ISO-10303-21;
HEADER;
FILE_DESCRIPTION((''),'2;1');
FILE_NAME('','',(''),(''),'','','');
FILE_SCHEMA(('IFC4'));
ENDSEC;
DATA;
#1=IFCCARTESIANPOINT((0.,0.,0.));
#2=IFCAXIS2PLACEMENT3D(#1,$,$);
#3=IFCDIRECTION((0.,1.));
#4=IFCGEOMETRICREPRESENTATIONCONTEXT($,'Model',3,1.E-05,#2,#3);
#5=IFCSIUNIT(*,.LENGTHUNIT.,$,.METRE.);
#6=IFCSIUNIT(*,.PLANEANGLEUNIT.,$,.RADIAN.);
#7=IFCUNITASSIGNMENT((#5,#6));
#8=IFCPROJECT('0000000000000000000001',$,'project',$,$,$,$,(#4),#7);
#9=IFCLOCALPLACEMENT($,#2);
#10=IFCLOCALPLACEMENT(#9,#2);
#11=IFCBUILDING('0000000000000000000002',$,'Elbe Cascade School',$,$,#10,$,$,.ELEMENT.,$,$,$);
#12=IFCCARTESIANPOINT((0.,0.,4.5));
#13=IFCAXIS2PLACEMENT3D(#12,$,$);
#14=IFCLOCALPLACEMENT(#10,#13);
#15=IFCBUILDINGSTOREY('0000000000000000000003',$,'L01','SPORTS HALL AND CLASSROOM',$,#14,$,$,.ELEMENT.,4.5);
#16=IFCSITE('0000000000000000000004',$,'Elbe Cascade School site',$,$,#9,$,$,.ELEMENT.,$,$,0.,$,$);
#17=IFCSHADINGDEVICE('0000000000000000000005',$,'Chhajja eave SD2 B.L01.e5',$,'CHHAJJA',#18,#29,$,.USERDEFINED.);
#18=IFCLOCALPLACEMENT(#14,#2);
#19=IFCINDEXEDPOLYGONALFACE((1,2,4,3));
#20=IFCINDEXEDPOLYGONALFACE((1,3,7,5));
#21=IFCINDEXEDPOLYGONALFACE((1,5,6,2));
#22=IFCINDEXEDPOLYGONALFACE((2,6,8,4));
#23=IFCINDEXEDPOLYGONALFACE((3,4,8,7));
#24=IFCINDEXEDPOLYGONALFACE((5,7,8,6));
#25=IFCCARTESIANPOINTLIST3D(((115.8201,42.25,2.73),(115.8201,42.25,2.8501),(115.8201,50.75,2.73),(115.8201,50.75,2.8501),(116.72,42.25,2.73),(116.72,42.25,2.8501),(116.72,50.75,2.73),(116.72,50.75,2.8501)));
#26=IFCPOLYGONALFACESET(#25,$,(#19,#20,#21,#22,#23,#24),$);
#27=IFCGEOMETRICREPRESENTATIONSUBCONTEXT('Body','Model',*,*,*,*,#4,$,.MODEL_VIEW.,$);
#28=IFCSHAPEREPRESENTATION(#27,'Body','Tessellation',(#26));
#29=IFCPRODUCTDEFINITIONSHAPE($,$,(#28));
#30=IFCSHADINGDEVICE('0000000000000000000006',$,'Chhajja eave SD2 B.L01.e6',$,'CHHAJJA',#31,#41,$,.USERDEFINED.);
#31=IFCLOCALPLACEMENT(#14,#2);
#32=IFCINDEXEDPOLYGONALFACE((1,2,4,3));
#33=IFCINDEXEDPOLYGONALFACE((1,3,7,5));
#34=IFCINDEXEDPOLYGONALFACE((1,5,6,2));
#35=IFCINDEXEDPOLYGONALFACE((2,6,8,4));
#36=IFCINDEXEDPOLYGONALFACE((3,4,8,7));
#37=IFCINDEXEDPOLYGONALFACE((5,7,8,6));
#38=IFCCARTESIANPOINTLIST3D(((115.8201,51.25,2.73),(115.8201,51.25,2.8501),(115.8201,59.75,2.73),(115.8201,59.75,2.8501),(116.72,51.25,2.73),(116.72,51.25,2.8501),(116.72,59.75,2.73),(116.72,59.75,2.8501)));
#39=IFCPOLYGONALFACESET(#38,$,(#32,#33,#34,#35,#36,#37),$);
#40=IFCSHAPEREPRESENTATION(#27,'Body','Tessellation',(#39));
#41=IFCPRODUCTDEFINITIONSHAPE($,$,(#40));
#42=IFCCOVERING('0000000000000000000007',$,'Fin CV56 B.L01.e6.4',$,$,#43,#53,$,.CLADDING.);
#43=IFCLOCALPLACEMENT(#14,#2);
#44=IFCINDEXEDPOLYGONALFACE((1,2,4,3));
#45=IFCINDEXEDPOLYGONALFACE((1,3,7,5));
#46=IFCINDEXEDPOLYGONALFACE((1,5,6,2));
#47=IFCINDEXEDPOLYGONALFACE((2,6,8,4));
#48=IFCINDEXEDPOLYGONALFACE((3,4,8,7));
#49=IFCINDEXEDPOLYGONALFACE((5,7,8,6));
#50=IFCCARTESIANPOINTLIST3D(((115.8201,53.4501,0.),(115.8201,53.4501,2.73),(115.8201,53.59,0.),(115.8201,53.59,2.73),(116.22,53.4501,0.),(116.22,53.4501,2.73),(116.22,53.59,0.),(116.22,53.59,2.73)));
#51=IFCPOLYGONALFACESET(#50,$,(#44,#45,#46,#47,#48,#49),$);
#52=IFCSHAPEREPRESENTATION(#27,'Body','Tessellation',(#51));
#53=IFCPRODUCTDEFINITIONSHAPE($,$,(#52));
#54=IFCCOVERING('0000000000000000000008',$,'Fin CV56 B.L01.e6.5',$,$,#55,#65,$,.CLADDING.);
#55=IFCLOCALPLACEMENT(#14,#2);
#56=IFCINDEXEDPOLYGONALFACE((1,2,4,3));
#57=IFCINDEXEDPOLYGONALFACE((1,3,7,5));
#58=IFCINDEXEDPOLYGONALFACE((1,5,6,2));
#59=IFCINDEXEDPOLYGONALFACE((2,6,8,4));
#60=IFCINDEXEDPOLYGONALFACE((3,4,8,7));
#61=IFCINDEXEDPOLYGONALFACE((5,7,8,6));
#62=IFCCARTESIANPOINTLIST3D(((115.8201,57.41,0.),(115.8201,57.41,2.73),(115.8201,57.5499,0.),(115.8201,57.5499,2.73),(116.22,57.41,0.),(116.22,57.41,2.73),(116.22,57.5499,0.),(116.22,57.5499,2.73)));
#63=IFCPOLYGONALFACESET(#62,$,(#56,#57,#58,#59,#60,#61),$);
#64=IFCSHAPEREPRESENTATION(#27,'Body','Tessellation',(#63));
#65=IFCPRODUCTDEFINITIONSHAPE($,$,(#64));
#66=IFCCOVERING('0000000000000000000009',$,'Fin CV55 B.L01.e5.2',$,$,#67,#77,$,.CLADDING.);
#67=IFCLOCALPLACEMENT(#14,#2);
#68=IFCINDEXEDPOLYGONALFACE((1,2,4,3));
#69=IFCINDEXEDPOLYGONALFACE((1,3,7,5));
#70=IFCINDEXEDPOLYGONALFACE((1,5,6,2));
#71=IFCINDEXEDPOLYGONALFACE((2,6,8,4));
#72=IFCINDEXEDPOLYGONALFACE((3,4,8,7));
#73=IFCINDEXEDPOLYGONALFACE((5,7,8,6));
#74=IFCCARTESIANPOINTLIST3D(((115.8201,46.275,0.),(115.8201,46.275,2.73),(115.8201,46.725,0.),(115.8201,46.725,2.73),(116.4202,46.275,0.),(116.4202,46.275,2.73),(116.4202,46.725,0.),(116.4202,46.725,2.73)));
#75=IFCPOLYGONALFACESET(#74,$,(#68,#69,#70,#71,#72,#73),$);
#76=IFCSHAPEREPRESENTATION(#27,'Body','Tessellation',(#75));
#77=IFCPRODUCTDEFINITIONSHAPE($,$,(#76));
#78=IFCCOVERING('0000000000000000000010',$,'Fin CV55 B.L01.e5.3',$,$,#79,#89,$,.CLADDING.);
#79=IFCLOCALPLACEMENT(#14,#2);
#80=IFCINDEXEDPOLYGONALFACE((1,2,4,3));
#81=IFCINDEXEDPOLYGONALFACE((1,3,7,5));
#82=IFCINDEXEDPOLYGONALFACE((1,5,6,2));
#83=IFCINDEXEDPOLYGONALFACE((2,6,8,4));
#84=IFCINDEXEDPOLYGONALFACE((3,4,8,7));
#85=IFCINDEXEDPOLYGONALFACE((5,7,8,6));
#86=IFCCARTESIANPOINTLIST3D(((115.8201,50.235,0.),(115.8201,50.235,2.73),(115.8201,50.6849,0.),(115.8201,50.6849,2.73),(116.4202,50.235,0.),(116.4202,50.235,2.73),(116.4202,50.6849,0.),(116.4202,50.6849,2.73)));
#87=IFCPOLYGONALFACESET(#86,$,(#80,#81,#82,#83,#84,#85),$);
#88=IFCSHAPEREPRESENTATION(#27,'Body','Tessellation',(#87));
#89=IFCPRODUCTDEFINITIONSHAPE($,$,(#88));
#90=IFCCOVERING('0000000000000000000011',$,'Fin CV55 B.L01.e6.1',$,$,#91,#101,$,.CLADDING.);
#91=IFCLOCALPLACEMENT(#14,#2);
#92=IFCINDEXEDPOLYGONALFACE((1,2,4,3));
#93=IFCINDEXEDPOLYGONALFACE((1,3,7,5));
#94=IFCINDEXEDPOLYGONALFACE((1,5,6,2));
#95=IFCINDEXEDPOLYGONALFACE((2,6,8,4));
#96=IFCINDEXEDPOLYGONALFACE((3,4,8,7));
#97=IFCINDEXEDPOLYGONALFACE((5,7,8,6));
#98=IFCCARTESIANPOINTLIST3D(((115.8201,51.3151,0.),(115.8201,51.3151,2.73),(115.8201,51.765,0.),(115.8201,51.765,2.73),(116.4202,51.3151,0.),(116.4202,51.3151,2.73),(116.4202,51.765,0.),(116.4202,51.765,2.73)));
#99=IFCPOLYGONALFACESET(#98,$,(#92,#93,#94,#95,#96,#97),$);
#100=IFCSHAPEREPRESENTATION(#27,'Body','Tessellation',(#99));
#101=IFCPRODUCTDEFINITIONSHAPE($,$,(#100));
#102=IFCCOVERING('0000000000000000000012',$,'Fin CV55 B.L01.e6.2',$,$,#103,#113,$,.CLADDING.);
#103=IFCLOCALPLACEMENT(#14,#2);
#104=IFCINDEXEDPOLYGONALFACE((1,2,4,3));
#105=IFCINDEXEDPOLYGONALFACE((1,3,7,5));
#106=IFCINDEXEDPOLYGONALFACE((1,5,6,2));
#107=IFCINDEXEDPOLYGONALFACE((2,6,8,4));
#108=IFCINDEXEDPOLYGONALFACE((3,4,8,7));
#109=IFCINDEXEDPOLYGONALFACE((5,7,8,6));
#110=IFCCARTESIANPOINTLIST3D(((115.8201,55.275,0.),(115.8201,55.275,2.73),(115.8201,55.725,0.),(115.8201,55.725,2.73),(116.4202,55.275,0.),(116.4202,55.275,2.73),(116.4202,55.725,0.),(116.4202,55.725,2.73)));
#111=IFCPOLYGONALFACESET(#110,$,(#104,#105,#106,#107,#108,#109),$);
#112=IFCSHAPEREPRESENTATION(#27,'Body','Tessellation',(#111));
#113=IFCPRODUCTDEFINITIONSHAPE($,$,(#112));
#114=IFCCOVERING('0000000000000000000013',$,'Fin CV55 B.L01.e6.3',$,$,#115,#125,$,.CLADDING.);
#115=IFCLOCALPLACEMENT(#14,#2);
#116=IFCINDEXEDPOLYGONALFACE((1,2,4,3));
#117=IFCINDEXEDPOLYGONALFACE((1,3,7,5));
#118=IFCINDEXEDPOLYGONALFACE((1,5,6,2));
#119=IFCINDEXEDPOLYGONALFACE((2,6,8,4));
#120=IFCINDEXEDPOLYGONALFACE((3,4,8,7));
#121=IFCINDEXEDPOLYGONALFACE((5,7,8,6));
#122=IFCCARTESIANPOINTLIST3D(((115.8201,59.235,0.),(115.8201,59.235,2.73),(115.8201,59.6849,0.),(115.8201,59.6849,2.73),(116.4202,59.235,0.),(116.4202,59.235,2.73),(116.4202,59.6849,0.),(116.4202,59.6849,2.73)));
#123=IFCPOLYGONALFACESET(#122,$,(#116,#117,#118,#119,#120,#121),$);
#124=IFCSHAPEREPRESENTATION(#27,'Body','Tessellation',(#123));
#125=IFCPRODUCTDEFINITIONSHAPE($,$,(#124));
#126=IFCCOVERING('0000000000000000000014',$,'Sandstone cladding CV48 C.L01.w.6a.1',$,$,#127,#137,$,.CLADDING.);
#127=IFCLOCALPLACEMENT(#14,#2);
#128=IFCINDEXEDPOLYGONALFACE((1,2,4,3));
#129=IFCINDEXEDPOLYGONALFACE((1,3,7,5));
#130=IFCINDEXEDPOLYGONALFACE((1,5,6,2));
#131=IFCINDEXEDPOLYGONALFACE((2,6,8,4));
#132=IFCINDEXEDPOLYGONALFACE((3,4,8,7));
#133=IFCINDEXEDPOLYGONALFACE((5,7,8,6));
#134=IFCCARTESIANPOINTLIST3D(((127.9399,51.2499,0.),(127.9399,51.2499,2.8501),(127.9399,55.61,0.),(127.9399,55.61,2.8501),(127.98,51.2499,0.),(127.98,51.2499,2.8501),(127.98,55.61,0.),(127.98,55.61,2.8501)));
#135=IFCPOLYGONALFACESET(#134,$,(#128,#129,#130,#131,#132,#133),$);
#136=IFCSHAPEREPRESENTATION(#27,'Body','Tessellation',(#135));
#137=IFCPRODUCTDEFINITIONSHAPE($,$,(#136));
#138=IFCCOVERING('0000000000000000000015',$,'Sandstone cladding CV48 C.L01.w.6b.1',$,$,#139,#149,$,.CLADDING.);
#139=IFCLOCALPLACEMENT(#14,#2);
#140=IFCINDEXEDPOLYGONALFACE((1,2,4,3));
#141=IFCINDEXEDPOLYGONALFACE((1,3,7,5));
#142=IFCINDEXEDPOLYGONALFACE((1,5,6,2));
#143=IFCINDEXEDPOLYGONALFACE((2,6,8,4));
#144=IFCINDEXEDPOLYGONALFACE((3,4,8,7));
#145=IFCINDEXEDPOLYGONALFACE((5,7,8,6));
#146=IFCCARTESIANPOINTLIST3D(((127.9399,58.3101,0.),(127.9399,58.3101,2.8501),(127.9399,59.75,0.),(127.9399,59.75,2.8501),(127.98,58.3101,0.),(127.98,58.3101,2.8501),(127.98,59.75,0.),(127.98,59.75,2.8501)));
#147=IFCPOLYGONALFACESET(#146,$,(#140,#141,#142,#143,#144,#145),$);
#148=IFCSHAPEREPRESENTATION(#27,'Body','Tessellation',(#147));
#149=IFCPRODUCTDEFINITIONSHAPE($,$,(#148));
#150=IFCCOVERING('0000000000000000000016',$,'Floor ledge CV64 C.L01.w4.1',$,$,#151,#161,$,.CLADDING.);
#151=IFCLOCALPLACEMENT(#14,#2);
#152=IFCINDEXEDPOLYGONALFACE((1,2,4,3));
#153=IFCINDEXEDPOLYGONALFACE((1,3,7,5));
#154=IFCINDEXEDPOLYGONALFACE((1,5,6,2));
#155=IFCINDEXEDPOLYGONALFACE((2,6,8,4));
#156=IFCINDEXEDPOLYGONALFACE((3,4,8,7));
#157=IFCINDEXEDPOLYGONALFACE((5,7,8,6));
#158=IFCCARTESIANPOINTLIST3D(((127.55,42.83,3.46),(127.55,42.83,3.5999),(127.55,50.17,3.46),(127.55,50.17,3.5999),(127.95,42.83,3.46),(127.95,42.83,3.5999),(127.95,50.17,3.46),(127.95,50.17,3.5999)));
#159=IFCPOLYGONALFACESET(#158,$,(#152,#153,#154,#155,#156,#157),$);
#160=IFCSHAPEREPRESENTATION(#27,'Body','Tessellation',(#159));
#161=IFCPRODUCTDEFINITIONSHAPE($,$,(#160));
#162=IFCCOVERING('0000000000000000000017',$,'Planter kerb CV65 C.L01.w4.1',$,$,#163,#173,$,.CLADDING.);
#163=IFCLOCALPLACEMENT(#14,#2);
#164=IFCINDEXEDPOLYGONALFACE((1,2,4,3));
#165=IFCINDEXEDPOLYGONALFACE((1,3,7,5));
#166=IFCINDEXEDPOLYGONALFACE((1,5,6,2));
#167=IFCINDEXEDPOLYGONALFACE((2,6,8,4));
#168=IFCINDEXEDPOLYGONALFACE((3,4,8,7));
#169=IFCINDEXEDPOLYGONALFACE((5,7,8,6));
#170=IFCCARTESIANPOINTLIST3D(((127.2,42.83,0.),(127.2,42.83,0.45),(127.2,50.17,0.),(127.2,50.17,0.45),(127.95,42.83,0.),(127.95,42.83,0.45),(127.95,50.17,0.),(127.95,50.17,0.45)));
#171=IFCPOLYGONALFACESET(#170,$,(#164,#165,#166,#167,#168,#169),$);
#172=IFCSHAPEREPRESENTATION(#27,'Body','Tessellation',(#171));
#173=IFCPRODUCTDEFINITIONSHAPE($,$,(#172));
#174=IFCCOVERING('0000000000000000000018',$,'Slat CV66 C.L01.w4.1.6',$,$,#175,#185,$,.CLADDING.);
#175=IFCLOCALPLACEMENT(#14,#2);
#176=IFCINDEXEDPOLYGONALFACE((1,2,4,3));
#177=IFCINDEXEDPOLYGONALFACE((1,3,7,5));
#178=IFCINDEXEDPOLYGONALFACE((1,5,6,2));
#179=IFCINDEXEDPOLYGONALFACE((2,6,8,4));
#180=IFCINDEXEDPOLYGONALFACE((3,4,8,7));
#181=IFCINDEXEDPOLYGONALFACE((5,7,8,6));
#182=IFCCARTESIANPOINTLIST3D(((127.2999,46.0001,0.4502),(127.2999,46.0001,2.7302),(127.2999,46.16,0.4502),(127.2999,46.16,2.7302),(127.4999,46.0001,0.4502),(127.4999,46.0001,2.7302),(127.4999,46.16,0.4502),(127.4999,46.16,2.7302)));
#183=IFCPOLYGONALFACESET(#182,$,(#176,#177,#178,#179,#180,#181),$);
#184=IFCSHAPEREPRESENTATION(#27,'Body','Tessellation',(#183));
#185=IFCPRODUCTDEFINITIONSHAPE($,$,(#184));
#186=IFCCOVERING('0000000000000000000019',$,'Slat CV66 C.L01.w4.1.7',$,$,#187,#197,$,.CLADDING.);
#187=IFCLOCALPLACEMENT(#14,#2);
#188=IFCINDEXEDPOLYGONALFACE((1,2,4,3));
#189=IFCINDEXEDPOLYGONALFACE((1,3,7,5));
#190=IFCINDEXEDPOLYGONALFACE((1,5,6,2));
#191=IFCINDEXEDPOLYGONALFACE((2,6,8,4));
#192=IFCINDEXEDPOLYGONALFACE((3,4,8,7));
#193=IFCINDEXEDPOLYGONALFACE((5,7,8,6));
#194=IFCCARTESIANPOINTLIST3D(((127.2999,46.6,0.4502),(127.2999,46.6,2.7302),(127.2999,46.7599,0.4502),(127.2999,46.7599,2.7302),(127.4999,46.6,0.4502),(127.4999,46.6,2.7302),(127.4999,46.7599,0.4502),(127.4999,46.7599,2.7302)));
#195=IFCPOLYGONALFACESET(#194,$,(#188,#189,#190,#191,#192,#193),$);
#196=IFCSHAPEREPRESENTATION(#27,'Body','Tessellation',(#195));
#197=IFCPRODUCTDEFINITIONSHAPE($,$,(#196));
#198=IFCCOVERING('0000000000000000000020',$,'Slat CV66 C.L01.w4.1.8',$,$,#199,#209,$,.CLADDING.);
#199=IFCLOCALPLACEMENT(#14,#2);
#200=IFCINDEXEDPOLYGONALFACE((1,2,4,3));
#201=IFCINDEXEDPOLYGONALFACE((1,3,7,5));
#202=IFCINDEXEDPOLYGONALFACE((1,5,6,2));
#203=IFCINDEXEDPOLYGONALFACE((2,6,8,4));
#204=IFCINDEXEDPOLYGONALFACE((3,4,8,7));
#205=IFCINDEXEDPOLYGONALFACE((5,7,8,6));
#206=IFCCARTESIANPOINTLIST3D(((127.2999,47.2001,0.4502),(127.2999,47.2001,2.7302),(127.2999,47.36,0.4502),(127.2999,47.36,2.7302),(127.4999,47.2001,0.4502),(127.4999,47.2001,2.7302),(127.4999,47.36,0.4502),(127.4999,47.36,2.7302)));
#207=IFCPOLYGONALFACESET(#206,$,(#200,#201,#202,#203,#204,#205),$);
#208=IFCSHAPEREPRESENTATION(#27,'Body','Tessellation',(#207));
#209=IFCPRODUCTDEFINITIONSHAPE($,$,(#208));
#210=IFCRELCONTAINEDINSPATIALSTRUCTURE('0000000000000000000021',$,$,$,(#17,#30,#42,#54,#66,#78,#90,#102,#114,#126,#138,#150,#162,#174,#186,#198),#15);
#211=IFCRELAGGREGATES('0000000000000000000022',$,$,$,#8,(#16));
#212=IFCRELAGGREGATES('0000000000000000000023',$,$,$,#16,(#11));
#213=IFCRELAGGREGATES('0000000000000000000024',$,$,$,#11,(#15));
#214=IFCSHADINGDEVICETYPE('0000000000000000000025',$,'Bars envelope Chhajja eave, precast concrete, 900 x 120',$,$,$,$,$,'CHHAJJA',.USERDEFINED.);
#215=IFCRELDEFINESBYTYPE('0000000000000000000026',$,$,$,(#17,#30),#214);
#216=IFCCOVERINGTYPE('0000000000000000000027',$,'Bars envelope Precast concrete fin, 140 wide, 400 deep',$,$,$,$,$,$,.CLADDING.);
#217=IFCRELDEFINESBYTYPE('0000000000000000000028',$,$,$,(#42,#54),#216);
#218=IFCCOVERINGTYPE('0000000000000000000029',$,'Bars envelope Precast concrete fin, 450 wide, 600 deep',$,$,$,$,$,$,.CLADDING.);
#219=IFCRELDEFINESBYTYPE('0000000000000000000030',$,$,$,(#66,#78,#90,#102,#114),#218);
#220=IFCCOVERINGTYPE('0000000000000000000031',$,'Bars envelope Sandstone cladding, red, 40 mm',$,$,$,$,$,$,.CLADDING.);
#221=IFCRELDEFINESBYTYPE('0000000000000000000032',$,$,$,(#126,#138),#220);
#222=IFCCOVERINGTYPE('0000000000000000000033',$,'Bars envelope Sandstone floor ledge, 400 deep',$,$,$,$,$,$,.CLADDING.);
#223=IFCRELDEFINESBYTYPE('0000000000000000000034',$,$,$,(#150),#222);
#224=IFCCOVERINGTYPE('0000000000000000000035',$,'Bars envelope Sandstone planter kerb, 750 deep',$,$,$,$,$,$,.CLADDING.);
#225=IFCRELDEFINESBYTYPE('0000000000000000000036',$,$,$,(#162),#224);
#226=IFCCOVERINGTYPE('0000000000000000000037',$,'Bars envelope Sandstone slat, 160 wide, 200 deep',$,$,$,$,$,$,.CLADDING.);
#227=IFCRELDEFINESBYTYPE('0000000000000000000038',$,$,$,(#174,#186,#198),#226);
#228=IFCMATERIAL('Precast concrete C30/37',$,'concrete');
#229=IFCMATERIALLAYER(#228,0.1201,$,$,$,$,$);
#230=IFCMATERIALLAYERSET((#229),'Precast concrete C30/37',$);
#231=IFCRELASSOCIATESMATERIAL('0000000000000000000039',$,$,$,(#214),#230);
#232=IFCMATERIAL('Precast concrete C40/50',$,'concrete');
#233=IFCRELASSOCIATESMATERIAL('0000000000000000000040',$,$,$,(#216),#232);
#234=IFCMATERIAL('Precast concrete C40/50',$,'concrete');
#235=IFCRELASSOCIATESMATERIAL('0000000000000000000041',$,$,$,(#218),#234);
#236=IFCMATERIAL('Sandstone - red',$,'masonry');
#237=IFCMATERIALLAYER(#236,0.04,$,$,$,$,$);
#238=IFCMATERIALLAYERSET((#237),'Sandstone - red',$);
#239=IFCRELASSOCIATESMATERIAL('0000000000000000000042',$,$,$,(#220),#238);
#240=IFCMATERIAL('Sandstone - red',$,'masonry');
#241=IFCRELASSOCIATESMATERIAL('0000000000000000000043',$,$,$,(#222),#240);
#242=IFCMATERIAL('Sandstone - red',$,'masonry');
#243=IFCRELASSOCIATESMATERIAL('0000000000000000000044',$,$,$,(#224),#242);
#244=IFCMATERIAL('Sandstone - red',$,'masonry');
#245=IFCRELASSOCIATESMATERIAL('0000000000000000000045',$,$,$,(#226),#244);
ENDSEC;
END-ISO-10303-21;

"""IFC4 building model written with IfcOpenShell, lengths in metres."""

from ifc_helpers import new_model, si_unit, direction, frame, origin, origin_2d, place, context, subcontext, project, spatial, rectangle, extrude, material, layer, layer_set, type_object, element, save


model = new_model("IFC4")

# Units and contexts
model_context = context("Model", 3, precision=1e-05, world=origin(), true_north=direction((0.0, 1.0)))
body_context = subcontext(model_context, "Body", "Model", "MODEL_VIEW")
ifc_project = project(units=[si_unit("LENGTHUNIT", "METRE"), si_unit("PLANEANGLEUNIT", "RADIAN")], contexts=[model_context])

# Site, building, storey
site_placement = place(None, origin())
site = spatial("IfcSite", under=ifc_project, at=site_placement, Name="Elbe Cascade School site", CompositionType="ELEMENT", RefElevation=0.0)
building_placement = place(site_placement, origin())
building = spatial("IfcBuilding", under=site, at=building_placement, Name="Elbe Cascade School", CompositionType="ELEMENT")
storey_placement = place(building_placement, frame((0.0, 0.0, 4.5)))
storey = spatial("IfcBuildingStorey", under=building, at=storey_placement, Name="L01", Description="SPORTS HALL AND CLASSROOM", CompositionType="ELEMENT", Elevation=4.5)

# Shading devices
ifc_material_1 = material(Name="Precast concrete C30/37", Category="concrete")
ifc_layer_1 = layer(ifc_material_1, 0.1201)
ifc_layer_set_1 = layer_set([ifc_layer_1], Name="Precast concrete C30/37")
shading_device_type_1 = type_object("IfcShadingDeviceType", Name="Bars envelope Chhajja eave, precast concrete, 900 x 120", ElementType="CHHAJJA", PredefinedType="USERDEFINED", material=ifc_layer_set_1)
for number, where, z_axis, x_axis, name in (
    (1, (116.27, 46.5, 2.73), (0.0, 0.0, 1.0), (0.0, 1.0, 0.0), "Chhajja eave SD2 B.L01.e5"),
    (2, (116.27, 55.5, 2.73), (0.0, 0.0, 1.0), (0.0, 1.0, 0.0), "Chhajja eave SD2 B.L01.e6"),
):
    element("IfcShadingDevice", number, at=place(storey_placement, frame(where, z_axis=z_axis, x_axis=x_axis)), inside=storey, type_object=shading_device_type_1, Name=name, ObjectType="CHHAJJA", PredefinedType="USERDEFINED", context=body_context, shape_type="SweptSolid", body=[
        extrude(rectangle(XDim=8.5, YDim=0.8999, at=origin_2d()), origin(), (0.0, 0.0, 1.0), 0.1201),
    ])

# Coverings
ifc_material_2 = material(Name="Precast concrete C40/50", Category="concrete")
covering_type_1 = type_object("IfcCoveringType", Name="Bars envelope Precast concrete fin, 140 wide, 400 deep", PredefinedType="CLADDING", material=ifc_material_2)
for number, where, z_axis, x_axis, name in (
    (3, (116.02, 53.52, 0.0), (0.0, 0.0, 1.0), (0.0, 1.0, 0.0), "Fin CV56 B.L01.e6.4"),
    (4, (116.02, 57.48, 0.0), (0.0, 0.0, 1.0), (0.0, 1.0, 0.0), "Fin CV56 B.L01.e6.5"),
):
    element("IfcCovering", number, at=place(storey_placement, frame(where, z_axis=z_axis, x_axis=x_axis)), inside=storey, type_object=covering_type_1, Name=name, PredefinedType="CLADDING", context=body_context, shape_type="SweptSolid", body=[
        extrude(rectangle(XDim=0.1399, YDim=0.3999, at=origin_2d()), origin(), (0.0, 0.0, 1.0), 2.73),
    ])
ifc_material_3 = material(Name="Precast concrete C40/50", Category="concrete")
covering_type_2 = type_object("IfcCoveringType", Name="Bars envelope Precast concrete fin, 450 wide, 600 deep", PredefinedType="CLADDING", material=ifc_material_3)
for number, where, z_axis, x_axis, name in (
    (5, (116.1201, 46.5, 0.0), (0.0, 0.0, 1.0), (0.0, 1.0, 0.0), "Fin CV55 B.L01.e5.2"),
    (6, (116.1201, 50.46, 0.0), (0.0, 0.0, 1.0), (0.0, 1.0, 0.0), "Fin CV55 B.L01.e5.3"),
    (7, (116.1201, 51.54, 0.0), (0.0, 0.0, 1.0), (0.0, 1.0, 0.0), "Fin CV55 B.L01.e6.1"),
    (8, (116.1201, 55.5, 0.0), (0.0, 0.0, 1.0), (0.0, 1.0, 0.0), "Fin CV55 B.L01.e6.2"),
    (9, (116.1201, 59.46, 0.0), (0.0, 0.0, 1.0), (0.0, 1.0, 0.0), "Fin CV55 B.L01.e6.3"),
):
    element("IfcCovering", number, at=place(storey_placement, frame(where, z_axis=z_axis, x_axis=x_axis)), inside=storey, type_object=covering_type_2, Name=name, PredefinedType="CLADDING", context=body_context, shape_type="SweptSolid", body=[
        extrude(rectangle(XDim=0.45, YDim=0.6001, at=origin_2d()), origin(), (0.0, 0.0, 1.0), 2.73),
    ])
ifc_material_4 = material(Name="Sandstone - red", Category="masonry")
ifc_layer_2 = layer(ifc_material_4, 0.04)
ifc_layer_set_2 = layer_set([ifc_layer_2], Name="Sandstone - red")
covering_type_3 = type_object("IfcCoveringType", Name="Bars envelope Sandstone cladding, red, 40 mm", PredefinedType="CLADDING", material=ifc_layer_set_2)
covering_1_placement = place(storey_placement, frame((127.96, 53.4299, 0.0), z_axis=(0.0, 0.0, 1.0), x_axis=(0.0, 1.0, 0.0)))
element("IfcCovering", 10, at=covering_1_placement, inside=storey, type_object=covering_type_3, Name="Sandstone cladding CV48 C.L01.w.6a.1", PredefinedType="CLADDING", context=body_context, shape_type="SweptSolid", body=[
    extrude(rectangle(XDim=4.3601, YDim=0.04, at=origin_2d()), origin(), (0.0, 0.0, 1.0), 2.8501),
])
covering_2_placement = place(storey_placement, frame((127.96, 59.03, 0.0), z_axis=(0.0, 0.0, 1.0), x_axis=(0.0, 1.0, 0.0)))
element("IfcCovering", 11, at=covering_2_placement, inside=storey, type_object=covering_type_3, Name="Sandstone cladding CV48 C.L01.w.6b.1", PredefinedType="CLADDING", context=body_context, shape_type="SweptSolid", body=[
    extrude(rectangle(XDim=1.4399, YDim=0.04, at=origin_2d()), origin(), (0.0, 0.0, 1.0), 2.8501),
])
ifc_material_5 = material(Name="Sandstone - red", Category="masonry")
covering_type_4 = type_object("IfcCoveringType", Name="Bars envelope Sandstone floor ledge, 400 deep", PredefinedType="CLADDING", material=ifc_material_5)
covering_3_placement = place(storey_placement, frame((127.75, 46.5, 3.46), z_axis=(0.0, 0.0, 1.0), x_axis=(0.0, 1.0, 0.0)))
element("IfcCovering", 12, at=covering_3_placement, inside=storey, type_object=covering_type_4, Name="Floor ledge CV64 C.L01.w4.1", PredefinedType="CLADDING", context=body_context, shape_type="SweptSolid", body=[
    extrude(rectangle(XDim=7.3401, YDim=0.3999, at=origin_2d()), origin(), (0.0, 0.0, 1.0), 0.1399),
])
ifc_material_6 = material(Name="Sandstone - red", Category="masonry")
covering_type_5 = type_object("IfcCoveringType", Name="Bars envelope Sandstone planter kerb, 750 deep", PredefinedType="CLADDING", material=ifc_material_6)
covering_4_placement = place(storey_placement, frame((127.575, 46.5, 0.0), z_axis=(0.0, 0.0, 1.0), x_axis=(0.0, 1.0, 0.0)))
element("IfcCovering", 13, at=covering_4_placement, inside=storey, type_object=covering_type_5, Name="Planter kerb CV65 C.L01.w4.1", PredefinedType="CLADDING", context=body_context, shape_type="SweptSolid", body=[
    extrude(rectangle(XDim=7.3401, YDim=0.75, at=origin_2d()), origin(), (0.0, 0.0, 1.0), 0.45),
])
ifc_material_7 = material(Name="Sandstone - red", Category="masonry")
covering_type_6 = type_object("IfcCoveringType", Name="Bars envelope Sandstone slat, 160 wide, 200 deep", PredefinedType="CLADDING", material=ifc_material_7)
for number, where, z_axis, x_axis, name in (
    (14, (127.3999, 46.0801, 0.4502), (0.0, 0.0, 1.0), (0.0, 1.0, 0.0), "Slat CV66 C.L01.w4.1.6"),
    (15, (127.3999, 46.6799, 0.4502), (0.0, 0.0, 1.0), (0.0, 1.0, 0.0), "Slat CV66 C.L01.w4.1.7"),
    (16, (127.3999, 47.28, 0.4502), (0.0, 0.0, 1.0), (0.0, 1.0, 0.0), "Slat CV66 C.L01.w4.1.8"),
):
    element("IfcCovering", number, at=place(storey_placement, frame(where, z_axis=z_axis, x_axis=x_axis)), inside=storey, type_object=covering_type_6, Name=name, PredefinedType="CLADDING", context=body_context, shape_type="SweptSolid", body=[
        extrude(rectangle(XDim=0.1599, YDim=0.2, at=origin_2d()), origin(), (0.0, 0.0, 1.0), 2.28),
    ])

save(model, "model.ifc")
